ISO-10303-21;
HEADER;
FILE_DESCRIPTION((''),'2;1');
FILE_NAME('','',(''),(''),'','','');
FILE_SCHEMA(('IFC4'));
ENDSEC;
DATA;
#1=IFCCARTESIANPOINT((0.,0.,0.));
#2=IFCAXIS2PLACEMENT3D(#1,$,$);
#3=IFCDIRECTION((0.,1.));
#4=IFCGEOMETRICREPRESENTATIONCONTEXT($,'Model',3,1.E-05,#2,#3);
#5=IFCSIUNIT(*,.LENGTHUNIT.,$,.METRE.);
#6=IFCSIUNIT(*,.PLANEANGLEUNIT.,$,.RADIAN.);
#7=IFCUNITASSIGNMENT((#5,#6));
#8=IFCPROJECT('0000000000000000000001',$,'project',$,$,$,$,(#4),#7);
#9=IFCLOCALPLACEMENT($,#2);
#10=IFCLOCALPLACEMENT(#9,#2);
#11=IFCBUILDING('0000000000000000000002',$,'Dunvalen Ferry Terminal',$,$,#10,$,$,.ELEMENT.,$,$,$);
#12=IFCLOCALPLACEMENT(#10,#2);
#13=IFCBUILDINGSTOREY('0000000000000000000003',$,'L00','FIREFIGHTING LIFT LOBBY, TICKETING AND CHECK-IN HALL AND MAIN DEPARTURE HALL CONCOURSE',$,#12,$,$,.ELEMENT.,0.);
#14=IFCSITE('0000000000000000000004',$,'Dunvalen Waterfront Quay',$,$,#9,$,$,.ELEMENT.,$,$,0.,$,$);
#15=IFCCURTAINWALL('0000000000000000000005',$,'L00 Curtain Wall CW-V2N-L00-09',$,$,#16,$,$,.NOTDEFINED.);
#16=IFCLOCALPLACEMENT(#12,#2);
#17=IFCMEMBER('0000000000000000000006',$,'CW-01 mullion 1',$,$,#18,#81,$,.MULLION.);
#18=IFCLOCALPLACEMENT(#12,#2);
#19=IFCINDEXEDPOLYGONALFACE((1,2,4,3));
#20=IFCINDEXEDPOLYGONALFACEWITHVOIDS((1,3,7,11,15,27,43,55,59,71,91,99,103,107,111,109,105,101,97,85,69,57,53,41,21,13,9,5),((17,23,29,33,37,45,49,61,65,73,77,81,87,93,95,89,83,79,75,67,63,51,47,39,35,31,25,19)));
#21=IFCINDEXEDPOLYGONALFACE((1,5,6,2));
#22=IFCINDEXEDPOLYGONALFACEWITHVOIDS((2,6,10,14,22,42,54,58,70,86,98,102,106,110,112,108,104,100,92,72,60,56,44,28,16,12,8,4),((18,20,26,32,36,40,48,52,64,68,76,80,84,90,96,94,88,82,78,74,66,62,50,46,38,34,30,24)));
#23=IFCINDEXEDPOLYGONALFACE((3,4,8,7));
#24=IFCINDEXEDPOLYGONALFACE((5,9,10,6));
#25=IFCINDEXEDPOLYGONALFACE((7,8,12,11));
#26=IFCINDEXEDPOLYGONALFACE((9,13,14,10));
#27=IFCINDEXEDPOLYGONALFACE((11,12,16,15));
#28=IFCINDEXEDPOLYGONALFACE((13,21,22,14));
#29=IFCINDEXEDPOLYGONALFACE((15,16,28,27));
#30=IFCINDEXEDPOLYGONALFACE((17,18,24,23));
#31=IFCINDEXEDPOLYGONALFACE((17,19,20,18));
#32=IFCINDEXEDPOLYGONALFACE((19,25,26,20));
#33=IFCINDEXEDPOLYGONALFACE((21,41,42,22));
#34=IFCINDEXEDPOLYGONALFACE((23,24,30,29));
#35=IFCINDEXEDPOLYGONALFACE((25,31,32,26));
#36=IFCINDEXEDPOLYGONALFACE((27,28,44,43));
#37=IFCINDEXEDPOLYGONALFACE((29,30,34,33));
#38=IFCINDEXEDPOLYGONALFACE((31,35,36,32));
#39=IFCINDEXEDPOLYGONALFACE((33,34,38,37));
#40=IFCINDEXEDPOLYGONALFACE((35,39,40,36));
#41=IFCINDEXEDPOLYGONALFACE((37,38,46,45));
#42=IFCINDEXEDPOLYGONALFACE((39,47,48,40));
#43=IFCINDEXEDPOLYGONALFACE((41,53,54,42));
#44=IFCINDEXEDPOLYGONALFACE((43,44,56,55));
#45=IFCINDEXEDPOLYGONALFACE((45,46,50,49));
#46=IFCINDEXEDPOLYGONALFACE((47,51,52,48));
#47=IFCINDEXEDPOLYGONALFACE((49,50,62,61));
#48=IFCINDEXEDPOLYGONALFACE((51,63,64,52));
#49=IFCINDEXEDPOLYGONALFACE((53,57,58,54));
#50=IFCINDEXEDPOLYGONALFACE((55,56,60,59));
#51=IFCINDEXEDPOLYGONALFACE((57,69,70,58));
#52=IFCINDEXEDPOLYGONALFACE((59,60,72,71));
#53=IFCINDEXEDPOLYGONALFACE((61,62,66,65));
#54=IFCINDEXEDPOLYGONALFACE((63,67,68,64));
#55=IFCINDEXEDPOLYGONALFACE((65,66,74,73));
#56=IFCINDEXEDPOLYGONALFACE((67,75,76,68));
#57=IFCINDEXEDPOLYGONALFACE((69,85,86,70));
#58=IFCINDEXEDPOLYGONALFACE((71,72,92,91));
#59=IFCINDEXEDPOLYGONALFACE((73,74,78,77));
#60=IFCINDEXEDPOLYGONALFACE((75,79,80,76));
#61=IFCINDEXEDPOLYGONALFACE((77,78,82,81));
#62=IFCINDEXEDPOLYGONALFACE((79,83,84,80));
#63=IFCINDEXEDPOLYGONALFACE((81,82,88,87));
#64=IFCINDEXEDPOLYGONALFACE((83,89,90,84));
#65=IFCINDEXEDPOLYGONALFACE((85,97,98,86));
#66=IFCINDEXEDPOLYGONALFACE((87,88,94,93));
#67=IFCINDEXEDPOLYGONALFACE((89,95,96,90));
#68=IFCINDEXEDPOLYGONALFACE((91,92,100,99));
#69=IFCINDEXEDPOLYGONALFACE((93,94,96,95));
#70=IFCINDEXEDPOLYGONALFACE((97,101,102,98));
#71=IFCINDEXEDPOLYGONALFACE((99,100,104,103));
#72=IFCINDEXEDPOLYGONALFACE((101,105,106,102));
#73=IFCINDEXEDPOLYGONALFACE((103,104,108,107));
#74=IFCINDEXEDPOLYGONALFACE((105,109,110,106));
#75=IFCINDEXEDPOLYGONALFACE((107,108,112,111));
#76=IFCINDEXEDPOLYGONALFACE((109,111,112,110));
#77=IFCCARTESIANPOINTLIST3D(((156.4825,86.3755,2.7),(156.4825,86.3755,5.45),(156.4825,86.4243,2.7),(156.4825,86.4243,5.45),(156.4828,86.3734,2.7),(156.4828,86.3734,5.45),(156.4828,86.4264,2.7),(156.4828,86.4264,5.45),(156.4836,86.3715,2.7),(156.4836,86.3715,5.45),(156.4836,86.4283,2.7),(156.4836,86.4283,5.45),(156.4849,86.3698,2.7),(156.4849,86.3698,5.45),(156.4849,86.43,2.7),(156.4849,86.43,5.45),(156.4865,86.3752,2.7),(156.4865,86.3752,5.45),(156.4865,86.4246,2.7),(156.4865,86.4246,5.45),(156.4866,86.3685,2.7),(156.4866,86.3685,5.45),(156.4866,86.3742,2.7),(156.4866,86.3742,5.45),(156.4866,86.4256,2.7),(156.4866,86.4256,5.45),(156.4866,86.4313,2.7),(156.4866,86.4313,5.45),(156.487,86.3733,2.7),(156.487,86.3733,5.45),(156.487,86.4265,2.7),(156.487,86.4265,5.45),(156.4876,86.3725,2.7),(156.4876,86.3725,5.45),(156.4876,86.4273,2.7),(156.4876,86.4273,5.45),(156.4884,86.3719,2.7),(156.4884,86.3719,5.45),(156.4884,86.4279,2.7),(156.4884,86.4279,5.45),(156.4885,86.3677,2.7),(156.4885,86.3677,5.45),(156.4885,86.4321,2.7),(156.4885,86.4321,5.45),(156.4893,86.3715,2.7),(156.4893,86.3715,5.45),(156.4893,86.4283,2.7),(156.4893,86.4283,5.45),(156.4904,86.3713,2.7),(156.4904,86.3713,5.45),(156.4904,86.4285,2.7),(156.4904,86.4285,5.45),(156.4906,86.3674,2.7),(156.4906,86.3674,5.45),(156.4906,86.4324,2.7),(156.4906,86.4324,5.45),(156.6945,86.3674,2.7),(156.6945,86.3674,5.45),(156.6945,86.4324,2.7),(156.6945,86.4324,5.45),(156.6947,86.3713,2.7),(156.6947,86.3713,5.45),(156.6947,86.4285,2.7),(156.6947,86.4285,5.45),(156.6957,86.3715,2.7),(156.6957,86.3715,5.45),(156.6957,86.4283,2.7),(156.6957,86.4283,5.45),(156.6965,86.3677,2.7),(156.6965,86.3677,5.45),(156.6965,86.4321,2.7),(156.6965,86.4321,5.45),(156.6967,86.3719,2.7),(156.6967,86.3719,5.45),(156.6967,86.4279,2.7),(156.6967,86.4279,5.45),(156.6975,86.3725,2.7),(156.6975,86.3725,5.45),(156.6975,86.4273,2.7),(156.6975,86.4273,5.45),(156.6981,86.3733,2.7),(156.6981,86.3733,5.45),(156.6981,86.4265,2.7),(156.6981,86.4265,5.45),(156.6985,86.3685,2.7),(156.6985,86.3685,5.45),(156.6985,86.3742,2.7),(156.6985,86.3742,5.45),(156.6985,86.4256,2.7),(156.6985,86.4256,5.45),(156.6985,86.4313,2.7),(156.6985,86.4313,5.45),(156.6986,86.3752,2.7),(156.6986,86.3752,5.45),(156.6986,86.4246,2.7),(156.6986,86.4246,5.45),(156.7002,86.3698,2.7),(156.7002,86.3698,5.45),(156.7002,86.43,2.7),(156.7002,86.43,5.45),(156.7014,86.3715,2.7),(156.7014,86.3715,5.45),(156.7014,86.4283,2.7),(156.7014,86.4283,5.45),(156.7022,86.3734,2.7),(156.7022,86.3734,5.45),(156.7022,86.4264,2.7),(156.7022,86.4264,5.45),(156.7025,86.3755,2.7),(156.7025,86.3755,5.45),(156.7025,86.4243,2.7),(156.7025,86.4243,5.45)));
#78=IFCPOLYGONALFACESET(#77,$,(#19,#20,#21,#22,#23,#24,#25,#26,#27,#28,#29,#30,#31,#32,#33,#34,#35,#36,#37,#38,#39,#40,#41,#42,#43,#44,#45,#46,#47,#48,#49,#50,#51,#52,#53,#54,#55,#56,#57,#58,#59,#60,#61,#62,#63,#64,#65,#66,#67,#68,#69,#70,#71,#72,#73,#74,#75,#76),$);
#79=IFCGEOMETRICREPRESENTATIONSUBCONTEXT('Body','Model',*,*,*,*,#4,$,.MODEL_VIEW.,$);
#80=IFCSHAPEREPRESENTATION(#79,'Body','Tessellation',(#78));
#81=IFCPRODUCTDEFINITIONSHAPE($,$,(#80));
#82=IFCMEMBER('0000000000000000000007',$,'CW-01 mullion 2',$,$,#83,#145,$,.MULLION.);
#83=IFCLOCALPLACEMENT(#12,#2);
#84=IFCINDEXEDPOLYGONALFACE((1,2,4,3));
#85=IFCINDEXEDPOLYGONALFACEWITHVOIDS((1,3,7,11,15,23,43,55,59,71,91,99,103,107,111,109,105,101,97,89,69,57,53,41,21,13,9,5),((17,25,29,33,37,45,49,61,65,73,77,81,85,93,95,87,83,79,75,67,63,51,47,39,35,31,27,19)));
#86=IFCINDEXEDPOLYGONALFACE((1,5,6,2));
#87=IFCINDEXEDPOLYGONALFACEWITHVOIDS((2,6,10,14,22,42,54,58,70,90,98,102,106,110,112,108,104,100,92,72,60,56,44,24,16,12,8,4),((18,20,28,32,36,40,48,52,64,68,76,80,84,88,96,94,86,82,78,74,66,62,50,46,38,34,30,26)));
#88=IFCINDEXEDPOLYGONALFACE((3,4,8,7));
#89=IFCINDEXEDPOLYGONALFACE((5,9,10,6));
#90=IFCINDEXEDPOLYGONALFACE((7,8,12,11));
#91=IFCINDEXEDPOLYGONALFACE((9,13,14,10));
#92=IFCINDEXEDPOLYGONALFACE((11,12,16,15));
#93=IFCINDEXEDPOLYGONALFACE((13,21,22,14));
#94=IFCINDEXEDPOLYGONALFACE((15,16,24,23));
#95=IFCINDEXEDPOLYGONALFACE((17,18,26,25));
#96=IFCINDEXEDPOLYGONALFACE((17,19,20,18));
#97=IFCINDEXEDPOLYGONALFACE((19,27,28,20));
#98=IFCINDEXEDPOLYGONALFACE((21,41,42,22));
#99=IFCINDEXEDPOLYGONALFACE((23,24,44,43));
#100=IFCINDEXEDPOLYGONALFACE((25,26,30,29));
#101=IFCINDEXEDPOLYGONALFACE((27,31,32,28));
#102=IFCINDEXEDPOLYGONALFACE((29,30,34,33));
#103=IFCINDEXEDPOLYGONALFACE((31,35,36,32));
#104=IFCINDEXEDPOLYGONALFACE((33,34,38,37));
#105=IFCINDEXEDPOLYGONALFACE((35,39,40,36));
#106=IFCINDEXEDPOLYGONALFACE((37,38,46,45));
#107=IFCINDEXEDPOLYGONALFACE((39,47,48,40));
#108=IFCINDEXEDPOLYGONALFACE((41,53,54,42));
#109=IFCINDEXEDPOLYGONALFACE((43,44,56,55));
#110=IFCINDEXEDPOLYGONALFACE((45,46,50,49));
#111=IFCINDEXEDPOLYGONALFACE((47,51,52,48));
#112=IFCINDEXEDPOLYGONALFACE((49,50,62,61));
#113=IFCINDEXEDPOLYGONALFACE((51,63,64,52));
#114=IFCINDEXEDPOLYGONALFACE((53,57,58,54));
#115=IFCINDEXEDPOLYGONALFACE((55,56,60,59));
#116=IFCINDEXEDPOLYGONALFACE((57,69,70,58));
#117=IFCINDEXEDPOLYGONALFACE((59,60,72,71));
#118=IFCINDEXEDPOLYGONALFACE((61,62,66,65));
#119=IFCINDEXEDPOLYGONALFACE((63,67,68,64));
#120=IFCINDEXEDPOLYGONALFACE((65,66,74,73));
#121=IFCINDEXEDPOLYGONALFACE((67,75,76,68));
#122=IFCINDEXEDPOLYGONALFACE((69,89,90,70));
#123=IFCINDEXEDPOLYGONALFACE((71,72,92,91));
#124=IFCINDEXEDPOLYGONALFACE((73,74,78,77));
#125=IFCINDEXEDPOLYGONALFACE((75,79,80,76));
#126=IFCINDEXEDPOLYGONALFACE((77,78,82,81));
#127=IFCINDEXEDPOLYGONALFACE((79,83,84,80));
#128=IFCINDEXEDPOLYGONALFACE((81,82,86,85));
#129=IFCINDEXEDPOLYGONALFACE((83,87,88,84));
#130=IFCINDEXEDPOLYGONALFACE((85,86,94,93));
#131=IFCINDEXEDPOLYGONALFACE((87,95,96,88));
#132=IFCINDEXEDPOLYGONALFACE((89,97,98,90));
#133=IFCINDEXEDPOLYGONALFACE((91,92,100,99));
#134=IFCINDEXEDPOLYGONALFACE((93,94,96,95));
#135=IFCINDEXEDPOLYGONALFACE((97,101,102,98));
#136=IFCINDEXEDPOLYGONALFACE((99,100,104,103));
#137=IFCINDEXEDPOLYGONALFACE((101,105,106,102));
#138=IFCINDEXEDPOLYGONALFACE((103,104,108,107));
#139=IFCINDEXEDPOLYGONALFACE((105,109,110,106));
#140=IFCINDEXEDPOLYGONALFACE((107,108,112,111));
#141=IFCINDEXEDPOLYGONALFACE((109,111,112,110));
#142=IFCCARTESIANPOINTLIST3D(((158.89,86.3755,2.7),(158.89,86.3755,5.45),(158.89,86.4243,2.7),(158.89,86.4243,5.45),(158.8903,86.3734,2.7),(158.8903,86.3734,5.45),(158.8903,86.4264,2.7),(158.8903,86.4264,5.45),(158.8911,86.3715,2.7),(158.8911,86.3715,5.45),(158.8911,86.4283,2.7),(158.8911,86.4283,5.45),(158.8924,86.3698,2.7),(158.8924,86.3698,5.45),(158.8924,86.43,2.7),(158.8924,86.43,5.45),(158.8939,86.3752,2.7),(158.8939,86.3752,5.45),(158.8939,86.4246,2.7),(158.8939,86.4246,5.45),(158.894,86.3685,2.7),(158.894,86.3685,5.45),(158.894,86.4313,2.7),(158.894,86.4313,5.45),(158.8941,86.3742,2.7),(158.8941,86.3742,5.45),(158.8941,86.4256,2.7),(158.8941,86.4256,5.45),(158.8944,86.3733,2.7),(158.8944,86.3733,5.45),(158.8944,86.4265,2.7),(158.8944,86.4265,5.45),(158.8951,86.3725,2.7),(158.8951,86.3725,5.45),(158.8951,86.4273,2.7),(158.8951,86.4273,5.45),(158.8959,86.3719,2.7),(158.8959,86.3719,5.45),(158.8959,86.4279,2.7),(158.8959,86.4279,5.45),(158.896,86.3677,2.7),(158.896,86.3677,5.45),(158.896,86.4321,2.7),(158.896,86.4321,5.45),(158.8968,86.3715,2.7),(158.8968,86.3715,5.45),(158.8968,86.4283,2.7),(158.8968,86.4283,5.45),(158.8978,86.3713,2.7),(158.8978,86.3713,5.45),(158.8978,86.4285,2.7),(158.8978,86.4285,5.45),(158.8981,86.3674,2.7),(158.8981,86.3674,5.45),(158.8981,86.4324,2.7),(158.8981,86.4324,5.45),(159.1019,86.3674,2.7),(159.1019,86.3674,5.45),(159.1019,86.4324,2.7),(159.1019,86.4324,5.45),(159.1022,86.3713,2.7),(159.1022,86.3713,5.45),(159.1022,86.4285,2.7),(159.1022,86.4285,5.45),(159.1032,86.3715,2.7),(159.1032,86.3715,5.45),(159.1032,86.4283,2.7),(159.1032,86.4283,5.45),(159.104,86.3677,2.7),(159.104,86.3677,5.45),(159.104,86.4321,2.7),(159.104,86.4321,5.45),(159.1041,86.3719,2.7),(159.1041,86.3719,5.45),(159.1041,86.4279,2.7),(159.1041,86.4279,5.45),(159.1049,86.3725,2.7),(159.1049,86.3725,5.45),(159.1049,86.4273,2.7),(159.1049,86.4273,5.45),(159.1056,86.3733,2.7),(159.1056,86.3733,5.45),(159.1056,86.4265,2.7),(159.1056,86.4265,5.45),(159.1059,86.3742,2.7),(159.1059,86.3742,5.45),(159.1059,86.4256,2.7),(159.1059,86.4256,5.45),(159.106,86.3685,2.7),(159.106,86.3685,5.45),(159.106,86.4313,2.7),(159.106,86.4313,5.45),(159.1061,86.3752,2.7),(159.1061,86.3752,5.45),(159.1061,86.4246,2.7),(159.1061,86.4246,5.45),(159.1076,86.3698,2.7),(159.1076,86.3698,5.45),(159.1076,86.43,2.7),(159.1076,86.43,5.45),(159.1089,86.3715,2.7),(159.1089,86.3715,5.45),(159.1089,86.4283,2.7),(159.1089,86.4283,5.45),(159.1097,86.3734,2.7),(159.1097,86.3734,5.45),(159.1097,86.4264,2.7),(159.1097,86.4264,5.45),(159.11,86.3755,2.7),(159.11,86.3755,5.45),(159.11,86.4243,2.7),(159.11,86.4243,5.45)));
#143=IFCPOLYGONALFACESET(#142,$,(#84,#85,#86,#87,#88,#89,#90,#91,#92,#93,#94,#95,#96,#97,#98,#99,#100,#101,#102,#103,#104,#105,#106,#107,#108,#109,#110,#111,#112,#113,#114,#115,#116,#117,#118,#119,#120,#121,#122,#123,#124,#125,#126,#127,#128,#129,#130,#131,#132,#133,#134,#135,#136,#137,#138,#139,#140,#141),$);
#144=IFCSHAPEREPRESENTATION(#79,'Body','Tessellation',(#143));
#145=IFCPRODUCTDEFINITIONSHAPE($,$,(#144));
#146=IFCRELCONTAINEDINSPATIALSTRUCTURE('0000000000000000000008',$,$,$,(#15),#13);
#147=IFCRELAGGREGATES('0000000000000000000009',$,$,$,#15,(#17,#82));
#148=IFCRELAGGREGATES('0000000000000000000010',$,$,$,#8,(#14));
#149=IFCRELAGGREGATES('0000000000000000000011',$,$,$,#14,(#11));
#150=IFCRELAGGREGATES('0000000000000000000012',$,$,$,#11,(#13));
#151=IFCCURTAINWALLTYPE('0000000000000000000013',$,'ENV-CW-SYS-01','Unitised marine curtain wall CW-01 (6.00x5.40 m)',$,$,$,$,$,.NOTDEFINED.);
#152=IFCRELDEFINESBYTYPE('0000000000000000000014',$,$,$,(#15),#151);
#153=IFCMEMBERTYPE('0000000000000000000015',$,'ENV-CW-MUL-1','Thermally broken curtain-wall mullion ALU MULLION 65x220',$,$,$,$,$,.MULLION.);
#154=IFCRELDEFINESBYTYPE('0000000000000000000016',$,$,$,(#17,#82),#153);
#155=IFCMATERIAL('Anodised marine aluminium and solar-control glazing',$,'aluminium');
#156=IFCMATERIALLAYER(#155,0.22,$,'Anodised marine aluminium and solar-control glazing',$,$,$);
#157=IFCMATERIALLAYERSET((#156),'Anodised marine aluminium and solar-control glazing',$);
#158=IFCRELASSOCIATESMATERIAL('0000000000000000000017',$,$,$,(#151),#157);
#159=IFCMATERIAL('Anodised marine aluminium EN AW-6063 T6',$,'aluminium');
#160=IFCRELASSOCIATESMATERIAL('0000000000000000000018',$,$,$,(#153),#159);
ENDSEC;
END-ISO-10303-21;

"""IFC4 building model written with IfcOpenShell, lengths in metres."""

from ifc_helpers import new_model, si_unit, direction, frame, origin, origin_2d, place, context, subcontext, project, spatial, hollow_rectangle, extrude, material, layer, layer_set, material_profile, profile_set, type_object, element, aggregate, save


model = new_model("IFC4")

# Units and contexts
model_context = context("Model", 3, precision=1e-05, world=origin(), true_north=direction((0.0, 1.0)))
body_context = subcontext(model_context, "Body", "Model", "MODEL_VIEW")
ifc_project = project(units=[si_unit("LENGTHUNIT", "METRE"), si_unit("PLANEANGLEUNIT", "RADIAN")], contexts=[model_context])

# Site, building, storey
site_placement = place(None, origin())
site = spatial("IfcSite", under=ifc_project, at=site_placement, Name="Dunvalen Waterfront Quay", CompositionType="ELEMENT", RefElevation=0.0)
building_placement = place(site_placement, origin())
building = spatial("IfcBuilding", under=site, at=building_placement, Name="Dunvalen Ferry Terminal", CompositionType="ELEMENT")
storey_placement = place(building_placement, origin())
storey = spatial("IfcBuildingStorey", under=building, at=storey_placement, Name="L00", Description="FIREFIGHTING LIFT LOBBY, TICKETING AND CHECK-IN HALL AND MAIN DEPARTURE HALL CONCOURSE", CompositionType="ELEMENT", Elevation=0.0)

# Curtain wall, members
ifc_material_1 = material(Name="Anodised marine aluminium and solar-control glazing", Category="aluminium")
ifc_layer_1 = layer(ifc_material_1, 0.22, Name="Anodised marine aluminium and solar-control glazing")
ifc_layer_set_1 = layer_set([ifc_layer_1], Name="Anodised marine aluminium and solar-control glazing")
curtain_wall_type = type_object("IfcCurtainWallType", Name="ENV-CW-SYS-01", Description="Unitised marine curtain wall CW-01 (6.00x5.40 m)", PredefinedType="NOTDEFINED", material=ifc_layer_set_1)
curtain_wall_1_placement = place(storey_placement, origin())
curtain_wall_1 = element("IfcCurtainWall", 1, at=curtain_wall_1_placement, inside=storey, type_object=curtain_wall_type, Name="L00 Curtain Wall CW-V2N-L00-09", PredefinedType="NOTDEFINED")
ifc_material_2 = material(Name="Anodised marine aluminium EN AW-6063 T6", Category="aluminium")
ifc_material_profile_1 = material_profile(ifc_material_2, hollow_rectangle(XDim=0.0649, YDim=0.22, WallThickness=0.0039, InnerFilletRadius=0.0039, OuterFilletRadius=0.0081, at=origin_2d()), Name="Anodised marine aluminium EN AW-6063 T6")
ifc_profile_set_1 = profile_set([ifc_material_profile_1], Name="Anodised marine aluminium EN AW-6063 T6")
member_type_1 = type_object("IfcMemberType", Name="ENV-CW-MUL-1", Description="Thermally broken curtain-wall mullion ALU MULLION 65x220", PredefinedType="MULLION", material=ifc_profile_set_1)
member_1_placement = place(storey_placement, frame((156.5925, 86.3999, 2.7), z_axis=(0.0, 0.0, 1.0), x_axis=(0.0, 1.0, 0.0)))
member_1 = element("IfcMember", 2, at=member_1_placement, type_object=member_type_1, Name="CW-01 mullion 1", PredefinedType="MULLION", context=body_context, shape_type="SweptSolid", body=[
    extrude(hollow_rectangle(XDim=0.0649, YDim=0.22, WallThickness=0.0039, InnerFilletRadius=0.0039, OuterFilletRadius=0.0081, at=origin_2d()), origin(), (0.0, 0.0, 1.0), 2.75),
])
member_2_placement = place(storey_placement, frame((159.0, 86.3999, 2.7), z_axis=(0.0, 0.0, 1.0), x_axis=(0.0, 1.0, 0.0)))
member_2 = element("IfcMember", 3, at=member_2_placement, type_object=member_type_1, Name="CW-01 mullion 2", PredefinedType="MULLION", context=body_context, shape_type="SweptSolid", body=[
    extrude(hollow_rectangle(XDim=0.0649, YDim=0.22, WallThickness=0.0039, InnerFilletRadius=0.0039, OuterFilletRadius=0.0081, at=origin_2d()), origin(), (0.0, 0.0, 1.0), 2.75),
])

aggregate(curtain_wall_1, [member_1, member_2])

save(model, "model.ifc")
